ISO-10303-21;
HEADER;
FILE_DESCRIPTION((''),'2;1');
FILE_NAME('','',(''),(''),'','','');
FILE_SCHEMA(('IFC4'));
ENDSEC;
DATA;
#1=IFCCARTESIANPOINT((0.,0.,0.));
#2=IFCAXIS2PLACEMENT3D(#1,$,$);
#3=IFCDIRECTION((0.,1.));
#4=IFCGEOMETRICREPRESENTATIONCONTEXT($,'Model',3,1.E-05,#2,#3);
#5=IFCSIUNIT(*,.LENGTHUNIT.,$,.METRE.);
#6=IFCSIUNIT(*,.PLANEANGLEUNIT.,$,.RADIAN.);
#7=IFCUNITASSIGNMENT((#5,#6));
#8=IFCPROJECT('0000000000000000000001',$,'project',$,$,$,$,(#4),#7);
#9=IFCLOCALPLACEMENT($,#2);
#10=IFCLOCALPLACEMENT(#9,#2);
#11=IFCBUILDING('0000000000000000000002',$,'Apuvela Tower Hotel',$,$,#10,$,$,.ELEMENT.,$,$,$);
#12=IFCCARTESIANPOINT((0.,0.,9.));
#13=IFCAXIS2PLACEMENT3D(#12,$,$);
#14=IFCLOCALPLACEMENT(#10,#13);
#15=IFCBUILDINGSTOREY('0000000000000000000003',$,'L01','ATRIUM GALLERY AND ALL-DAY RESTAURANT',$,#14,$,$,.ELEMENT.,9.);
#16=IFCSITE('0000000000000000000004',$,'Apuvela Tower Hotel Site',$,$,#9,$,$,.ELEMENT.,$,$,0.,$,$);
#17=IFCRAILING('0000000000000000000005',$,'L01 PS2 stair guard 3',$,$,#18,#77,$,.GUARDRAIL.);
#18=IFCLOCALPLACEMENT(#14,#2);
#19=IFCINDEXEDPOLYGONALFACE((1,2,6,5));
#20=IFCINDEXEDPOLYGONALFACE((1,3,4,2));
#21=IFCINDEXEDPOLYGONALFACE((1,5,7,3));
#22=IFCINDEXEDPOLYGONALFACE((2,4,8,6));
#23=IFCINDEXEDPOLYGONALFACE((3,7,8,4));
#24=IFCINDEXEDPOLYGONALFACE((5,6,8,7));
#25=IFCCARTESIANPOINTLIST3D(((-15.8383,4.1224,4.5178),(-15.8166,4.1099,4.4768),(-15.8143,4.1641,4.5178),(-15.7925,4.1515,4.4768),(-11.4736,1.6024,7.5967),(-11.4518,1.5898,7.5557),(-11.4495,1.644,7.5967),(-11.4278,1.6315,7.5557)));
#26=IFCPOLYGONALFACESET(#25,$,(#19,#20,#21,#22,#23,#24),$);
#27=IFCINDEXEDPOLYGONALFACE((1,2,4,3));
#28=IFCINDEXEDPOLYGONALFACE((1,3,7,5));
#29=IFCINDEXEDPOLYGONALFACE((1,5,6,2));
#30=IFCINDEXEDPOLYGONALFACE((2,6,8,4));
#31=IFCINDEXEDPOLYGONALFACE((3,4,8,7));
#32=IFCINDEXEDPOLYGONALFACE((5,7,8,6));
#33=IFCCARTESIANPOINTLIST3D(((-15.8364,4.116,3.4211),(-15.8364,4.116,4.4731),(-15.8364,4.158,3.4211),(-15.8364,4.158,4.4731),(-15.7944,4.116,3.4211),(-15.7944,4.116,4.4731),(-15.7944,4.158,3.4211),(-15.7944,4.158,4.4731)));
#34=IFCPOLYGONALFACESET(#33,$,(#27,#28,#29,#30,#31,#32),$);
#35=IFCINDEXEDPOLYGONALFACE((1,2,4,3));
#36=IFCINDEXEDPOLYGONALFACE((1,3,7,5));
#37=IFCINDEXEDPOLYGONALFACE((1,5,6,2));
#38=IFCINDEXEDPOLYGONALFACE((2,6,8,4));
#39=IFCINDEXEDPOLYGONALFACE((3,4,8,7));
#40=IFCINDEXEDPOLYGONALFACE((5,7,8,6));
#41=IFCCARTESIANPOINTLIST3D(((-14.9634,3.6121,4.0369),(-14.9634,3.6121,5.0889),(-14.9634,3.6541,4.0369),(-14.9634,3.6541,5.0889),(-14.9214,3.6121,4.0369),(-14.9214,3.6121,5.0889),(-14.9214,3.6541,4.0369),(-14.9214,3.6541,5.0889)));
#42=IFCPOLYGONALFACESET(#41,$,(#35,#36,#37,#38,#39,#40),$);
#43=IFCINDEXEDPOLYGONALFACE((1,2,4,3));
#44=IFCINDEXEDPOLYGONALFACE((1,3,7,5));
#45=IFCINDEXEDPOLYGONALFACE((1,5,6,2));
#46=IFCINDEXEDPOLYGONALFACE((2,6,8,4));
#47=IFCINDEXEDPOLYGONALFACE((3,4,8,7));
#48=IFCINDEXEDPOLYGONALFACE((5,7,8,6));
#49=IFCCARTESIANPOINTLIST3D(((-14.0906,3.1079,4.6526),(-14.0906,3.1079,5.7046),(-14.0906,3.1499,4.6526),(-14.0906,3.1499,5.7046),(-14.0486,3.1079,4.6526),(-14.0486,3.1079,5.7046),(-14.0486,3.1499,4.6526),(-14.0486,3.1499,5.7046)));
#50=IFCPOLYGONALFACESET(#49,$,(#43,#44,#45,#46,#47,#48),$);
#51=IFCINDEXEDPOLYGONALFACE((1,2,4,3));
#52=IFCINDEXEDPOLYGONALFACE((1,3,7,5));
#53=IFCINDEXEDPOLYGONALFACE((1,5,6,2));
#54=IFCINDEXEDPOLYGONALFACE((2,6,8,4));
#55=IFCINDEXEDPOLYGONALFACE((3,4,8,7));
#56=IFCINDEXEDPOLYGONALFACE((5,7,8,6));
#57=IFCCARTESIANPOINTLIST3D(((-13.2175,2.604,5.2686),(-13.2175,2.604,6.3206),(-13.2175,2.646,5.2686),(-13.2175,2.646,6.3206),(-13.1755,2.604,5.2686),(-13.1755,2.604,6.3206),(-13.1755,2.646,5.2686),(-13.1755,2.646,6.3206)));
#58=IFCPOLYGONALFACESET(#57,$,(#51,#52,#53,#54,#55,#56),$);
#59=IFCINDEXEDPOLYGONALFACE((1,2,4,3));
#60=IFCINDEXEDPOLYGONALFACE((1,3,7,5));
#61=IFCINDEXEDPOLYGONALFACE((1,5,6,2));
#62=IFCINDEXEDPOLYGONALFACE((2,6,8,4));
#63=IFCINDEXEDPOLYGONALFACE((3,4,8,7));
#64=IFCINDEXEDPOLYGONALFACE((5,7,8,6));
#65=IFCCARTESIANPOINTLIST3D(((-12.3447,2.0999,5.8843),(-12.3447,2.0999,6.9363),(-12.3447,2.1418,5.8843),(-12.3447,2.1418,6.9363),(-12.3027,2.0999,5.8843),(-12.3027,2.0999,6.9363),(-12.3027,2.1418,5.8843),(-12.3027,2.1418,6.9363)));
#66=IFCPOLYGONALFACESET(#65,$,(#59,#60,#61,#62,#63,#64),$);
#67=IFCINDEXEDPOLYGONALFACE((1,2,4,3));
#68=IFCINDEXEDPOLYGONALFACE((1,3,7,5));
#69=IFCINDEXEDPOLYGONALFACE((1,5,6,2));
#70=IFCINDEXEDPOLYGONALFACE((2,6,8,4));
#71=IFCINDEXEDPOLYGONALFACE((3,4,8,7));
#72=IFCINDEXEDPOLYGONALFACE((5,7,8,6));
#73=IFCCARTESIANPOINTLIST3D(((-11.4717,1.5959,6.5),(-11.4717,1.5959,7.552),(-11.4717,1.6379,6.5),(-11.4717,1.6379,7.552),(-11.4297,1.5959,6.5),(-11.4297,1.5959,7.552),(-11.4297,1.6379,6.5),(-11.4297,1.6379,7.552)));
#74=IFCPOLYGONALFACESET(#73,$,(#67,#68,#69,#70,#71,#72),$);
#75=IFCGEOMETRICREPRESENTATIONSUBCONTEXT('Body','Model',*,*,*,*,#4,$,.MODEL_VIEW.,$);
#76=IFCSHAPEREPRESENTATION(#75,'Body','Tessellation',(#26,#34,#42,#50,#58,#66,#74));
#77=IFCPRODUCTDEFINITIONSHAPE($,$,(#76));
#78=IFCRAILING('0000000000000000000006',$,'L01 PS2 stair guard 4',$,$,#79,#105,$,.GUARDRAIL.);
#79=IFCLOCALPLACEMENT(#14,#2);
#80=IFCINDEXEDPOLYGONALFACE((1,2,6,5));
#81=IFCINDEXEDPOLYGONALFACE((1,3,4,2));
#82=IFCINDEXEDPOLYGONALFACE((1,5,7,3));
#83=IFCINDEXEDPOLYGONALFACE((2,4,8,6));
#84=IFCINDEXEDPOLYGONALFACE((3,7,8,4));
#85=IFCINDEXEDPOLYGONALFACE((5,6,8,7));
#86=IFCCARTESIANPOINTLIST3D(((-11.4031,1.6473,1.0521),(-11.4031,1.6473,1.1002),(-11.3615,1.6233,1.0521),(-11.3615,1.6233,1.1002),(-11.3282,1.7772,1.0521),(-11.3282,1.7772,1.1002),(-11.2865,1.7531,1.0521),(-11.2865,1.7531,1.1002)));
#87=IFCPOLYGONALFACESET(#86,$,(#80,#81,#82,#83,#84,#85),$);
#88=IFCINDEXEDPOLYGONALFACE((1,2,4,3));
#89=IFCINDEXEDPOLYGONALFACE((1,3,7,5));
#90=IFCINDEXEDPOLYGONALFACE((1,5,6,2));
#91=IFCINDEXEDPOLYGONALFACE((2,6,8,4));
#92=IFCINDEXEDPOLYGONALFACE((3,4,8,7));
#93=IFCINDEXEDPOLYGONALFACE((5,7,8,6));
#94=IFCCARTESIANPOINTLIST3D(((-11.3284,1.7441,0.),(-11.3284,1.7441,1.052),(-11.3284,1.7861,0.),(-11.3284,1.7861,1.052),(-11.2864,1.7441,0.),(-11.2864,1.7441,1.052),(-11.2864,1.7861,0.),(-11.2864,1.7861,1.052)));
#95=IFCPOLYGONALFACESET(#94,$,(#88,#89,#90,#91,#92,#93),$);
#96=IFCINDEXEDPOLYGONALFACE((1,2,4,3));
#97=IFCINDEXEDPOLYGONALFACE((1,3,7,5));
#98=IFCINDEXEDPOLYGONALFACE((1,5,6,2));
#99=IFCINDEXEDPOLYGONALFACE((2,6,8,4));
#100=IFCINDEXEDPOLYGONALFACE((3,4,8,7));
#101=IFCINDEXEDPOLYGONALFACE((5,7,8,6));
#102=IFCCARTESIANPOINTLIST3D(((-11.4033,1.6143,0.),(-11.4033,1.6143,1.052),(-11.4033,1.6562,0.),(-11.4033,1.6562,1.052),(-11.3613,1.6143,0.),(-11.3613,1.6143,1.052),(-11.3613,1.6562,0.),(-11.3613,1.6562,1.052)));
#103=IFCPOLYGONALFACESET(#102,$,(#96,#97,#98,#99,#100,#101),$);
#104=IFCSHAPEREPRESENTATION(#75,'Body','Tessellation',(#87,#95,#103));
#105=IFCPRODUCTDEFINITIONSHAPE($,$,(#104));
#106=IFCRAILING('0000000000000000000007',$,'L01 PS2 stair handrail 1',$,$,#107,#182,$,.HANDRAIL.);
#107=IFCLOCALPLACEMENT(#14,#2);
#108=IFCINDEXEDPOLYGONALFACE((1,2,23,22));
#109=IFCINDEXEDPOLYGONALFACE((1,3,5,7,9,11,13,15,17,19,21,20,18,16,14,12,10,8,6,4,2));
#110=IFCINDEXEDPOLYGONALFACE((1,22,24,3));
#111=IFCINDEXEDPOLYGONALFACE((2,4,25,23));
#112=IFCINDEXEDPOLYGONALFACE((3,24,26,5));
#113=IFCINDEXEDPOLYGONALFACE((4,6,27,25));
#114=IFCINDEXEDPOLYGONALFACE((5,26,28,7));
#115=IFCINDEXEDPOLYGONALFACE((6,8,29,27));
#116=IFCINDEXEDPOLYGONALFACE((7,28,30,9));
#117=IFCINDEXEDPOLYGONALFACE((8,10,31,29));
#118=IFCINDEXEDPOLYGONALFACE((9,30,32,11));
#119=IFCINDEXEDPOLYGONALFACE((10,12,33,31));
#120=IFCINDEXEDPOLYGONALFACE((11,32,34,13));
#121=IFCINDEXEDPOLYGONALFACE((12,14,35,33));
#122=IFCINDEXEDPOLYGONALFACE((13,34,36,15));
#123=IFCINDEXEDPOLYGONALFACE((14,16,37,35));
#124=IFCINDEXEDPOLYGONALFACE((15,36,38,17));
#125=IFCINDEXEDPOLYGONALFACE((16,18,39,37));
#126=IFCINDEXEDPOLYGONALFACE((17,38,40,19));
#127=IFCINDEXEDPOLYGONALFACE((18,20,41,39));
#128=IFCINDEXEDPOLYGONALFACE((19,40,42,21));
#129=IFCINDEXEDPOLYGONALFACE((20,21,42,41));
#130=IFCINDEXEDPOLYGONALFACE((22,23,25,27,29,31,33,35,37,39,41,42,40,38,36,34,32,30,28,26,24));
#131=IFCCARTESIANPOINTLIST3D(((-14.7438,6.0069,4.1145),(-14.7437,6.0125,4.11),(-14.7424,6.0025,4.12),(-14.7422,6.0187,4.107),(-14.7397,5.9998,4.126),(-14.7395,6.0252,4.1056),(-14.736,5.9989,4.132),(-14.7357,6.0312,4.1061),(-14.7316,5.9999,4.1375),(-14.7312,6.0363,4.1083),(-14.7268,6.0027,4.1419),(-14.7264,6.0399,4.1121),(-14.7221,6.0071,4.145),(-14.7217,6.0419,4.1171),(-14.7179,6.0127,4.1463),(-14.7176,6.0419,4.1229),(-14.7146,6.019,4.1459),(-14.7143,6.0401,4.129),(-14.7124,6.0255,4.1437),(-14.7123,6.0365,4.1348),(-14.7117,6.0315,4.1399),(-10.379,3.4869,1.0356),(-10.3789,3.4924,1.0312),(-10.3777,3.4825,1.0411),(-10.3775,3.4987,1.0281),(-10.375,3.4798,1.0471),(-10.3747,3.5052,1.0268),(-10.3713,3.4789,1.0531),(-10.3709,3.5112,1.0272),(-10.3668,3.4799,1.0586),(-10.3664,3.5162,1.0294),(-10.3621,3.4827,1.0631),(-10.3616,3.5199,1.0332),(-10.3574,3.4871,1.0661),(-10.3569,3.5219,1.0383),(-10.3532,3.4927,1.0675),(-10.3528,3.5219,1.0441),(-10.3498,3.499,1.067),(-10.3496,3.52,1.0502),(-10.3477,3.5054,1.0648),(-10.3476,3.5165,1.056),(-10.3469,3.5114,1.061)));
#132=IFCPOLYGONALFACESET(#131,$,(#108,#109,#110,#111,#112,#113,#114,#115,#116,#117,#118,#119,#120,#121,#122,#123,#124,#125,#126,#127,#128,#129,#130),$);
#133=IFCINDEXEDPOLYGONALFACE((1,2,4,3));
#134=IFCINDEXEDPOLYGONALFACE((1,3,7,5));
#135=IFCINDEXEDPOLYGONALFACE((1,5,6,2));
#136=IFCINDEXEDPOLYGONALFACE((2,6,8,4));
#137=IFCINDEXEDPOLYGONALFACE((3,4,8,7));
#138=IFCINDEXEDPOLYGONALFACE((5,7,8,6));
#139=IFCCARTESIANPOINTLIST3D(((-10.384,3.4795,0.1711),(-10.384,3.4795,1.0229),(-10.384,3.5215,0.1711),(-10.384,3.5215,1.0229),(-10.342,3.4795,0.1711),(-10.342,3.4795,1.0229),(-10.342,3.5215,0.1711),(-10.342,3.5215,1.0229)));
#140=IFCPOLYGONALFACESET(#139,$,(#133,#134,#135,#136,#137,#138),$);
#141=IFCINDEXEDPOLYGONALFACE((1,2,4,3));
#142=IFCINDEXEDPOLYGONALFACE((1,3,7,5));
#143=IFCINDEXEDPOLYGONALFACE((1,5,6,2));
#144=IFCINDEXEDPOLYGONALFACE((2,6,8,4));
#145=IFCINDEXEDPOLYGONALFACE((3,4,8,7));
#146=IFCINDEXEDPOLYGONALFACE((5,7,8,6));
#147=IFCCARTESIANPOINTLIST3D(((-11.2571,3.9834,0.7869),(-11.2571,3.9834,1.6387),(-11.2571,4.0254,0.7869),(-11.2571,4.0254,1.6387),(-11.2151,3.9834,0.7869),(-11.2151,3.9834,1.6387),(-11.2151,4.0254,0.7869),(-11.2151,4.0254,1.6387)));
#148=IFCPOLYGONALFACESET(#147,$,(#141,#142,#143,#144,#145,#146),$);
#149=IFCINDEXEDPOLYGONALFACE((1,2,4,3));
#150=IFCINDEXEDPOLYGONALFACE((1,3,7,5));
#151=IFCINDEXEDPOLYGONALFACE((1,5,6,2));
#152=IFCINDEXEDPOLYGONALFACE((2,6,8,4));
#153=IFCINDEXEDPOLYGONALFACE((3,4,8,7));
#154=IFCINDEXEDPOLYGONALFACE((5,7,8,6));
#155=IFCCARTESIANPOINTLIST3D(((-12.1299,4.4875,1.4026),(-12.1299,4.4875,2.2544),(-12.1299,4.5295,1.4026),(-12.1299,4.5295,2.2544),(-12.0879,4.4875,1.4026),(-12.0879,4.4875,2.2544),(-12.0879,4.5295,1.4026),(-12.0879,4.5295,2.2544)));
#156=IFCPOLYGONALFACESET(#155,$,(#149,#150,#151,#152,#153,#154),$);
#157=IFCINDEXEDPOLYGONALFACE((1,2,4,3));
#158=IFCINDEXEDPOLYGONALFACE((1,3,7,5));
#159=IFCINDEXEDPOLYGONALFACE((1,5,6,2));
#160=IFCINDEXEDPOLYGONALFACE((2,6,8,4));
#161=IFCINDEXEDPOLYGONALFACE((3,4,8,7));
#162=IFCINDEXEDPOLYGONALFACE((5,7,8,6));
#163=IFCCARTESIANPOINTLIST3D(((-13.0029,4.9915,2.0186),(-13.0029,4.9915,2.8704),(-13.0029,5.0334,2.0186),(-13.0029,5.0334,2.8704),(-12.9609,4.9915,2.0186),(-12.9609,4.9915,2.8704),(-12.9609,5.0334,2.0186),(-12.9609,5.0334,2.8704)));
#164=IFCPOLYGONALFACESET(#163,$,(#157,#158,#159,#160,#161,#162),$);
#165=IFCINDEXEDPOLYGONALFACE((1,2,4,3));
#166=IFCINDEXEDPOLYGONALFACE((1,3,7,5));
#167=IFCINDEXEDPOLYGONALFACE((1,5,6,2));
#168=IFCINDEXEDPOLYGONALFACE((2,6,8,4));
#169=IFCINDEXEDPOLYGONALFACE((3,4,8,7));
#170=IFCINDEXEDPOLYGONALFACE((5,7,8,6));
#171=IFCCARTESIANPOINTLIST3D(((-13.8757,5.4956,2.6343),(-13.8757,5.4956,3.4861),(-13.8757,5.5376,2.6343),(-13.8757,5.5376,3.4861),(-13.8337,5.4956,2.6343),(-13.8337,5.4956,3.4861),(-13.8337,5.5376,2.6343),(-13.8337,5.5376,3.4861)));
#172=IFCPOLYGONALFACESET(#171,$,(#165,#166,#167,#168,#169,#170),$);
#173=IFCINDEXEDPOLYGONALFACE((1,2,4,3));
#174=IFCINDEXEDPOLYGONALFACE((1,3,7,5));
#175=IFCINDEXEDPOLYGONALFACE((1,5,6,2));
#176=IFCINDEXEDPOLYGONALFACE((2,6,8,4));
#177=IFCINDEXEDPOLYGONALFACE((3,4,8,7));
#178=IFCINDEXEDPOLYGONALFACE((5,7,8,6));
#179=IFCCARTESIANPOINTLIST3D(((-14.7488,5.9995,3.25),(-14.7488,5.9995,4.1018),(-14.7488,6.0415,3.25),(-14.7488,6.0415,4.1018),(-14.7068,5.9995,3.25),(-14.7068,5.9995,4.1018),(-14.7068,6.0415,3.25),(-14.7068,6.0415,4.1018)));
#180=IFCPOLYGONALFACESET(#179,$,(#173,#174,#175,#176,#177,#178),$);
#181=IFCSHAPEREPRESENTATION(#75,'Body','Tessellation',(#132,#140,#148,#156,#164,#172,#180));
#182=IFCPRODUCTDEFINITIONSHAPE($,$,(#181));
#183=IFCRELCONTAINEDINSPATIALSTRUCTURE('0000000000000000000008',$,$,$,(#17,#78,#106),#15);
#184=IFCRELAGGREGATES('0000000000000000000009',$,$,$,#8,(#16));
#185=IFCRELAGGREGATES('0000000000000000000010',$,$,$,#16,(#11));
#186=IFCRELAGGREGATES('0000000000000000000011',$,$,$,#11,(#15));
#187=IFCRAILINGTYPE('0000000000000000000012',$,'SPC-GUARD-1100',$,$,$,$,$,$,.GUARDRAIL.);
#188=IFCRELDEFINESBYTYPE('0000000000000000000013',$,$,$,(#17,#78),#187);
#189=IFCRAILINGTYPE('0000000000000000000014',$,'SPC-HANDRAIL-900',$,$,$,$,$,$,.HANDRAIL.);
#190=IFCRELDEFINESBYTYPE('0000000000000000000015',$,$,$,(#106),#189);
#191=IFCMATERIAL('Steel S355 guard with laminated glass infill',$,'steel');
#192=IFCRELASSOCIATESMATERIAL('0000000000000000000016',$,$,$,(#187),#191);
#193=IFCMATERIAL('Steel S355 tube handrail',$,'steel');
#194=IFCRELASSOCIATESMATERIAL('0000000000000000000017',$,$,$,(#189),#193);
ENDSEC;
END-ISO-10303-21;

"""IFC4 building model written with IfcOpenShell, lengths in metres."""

from ifc_helpers import new_model, si_unit, direction, frame, origin, origin_2d, place, context, subcontext, project, spatial, rectangle, circle, extrude, material, type_object, element, save


model = new_model("IFC4")

# Units and contexts
model_context = context("Model", 3, precision=1e-05, world=origin(), true_north=direction((0.0, 1.0)))
body_context = subcontext(model_context, "Body", "Model", "MODEL_VIEW")
ifc_project = project(units=[si_unit("LENGTHUNIT", "METRE"), si_unit("PLANEANGLEUNIT", "RADIAN")], contexts=[model_context])

# Site, building, storey
site_placement = place(None, origin())
site = spatial("IfcSite", under=ifc_project, at=site_placement, Name="Apuvela Tower Hotel Site", CompositionType="ELEMENT", RefElevation=0.0)
building_placement = place(site_placement, origin())
building = spatial("IfcBuilding", under=site, at=building_placement, Name="Apuvela Tower Hotel", CompositionType="ELEMENT")
storey_placement = place(building_placement, frame((0.0, 0.0, 9.0)))
storey = spatial("IfcBuildingStorey", under=building, at=storey_placement, Name="L01", Description="ATRIUM GALLERY AND ALL-DAY RESTAURANT", CompositionType="ELEMENT", Elevation=9.0)

# Railings
ifc_material_1 = material(Name="Steel S355 guard with laminated glass infill", Category="steel")
railing_type_1 = type_object("IfcRailingType", Name="SPC-GUARD-1100", PredefinedType="GUARDRAIL", material=ifc_material_1)
railing_1_placement = place(storey_placement, frame((-15.8154, 4.137, 3.4211)))
element("IfcRailing", 1, at=railing_1_placement, inside=storey, type_object=railing_type_1, Name="L01 PS2 stair guard 3", PredefinedType="GUARDRAIL", context=body_context, shape_type="SweptSolid", body=[
    extrude(rectangle(XDim=0.0481, YDim=0.0481, at=origin_2d()), frame((0.0, 0.0, 1.0762), z_axis=(0.739036, -0.426688, 0.52131), x_axis=(0.500005, 0.866023, 0.0)), (0.0, 0.0, 1.0), 5.906),
    extrude(rectangle(XDim=0.042, YDim=0.042, at=origin_2d()), origin(), (0.0, 0.0, 1.0), 1.052),
    extrude(rectangle(XDim=0.042, YDim=0.042, at=origin_2d()), frame((0.873, -0.5039, 0.6157)), (0.0, 0.0, 1.0), 1.052),
    extrude(rectangle(XDim=0.042, YDim=0.042, at=origin_2d()), frame((1.7458, -1.0081, 1.2314)), (0.0, 0.0, 1.0), 1.052),
    extrude(rectangle(XDim=0.042, YDim=0.042, at=origin_2d()), frame((2.6189, -1.512, 1.8474)), (0.0, 0.0, 1.0), 1.052),
    extrude(rectangle(XDim=0.042, YDim=0.042, at=origin_2d()), frame((3.4917, -2.0161, 2.4631)), (0.0, 0.0, 1.0), 1.052),
    extrude(rectangle(XDim=0.042, YDim=0.042, at=origin_2d()), frame((4.3647, -2.52, 3.0789)), (0.0, 0.0, 1.0), 1.052),
])
railing_2_placement = place(storey_placement, frame((-11.3074, 1.7651, 0.0)))
element("IfcRailing", 2, at=railing_2_placement, inside=storey, type_object=railing_type_1, Name="L01 PS2 stair guard 4", PredefinedType="GUARDRAIL", context=body_context, shape_type="SweptSolid", body=[
    extrude(rectangle(XDim=0.0481, YDim=0.0481, at=origin_2d()), frame((0.0, 0.0, 1.0762), z_axis=(-0.499816, -0.866131, 0.0), x_axis=(0.866131, -0.499816, 0.0)), (0.0, 0.0, 1.0), 0.1499),
    extrude(rectangle(XDim=0.042, YDim=0.042, at=origin_2d()), origin(), (0.0, 0.0, 1.0), 1.052),
    extrude(rectangle(XDim=0.042, YDim=0.042, at=origin_2d()), frame((-0.075, -0.1299, 0.0)), (0.0, 0.0, 1.0), 1.052),
])
ifc_material_2 = material(Name="Steel S355 tube handrail", Category="steel")
railing_type_2 = type_object("IfcRailingType", Name="SPC-HANDRAIL-900", PredefinedType="HANDRAIL", material=ifc_material_2)
railing_3_placement = place(storey_placement, frame((-10.363, 3.5005, 0.1711)))
element("IfcRailing", 3, at=railing_3_placement, inside=storey, type_object=railing_type_2, Name="L01 PS2 stair handrail 1", PredefinedType="HANDRAIL", context=body_context, shape_type="SweptSolid", body=[
    extrude(circle(Radius=0.0239, at=origin_2d()), frame((0.0, 0.0, 0.876), z_axis=(-0.739036, 0.426688, 0.52131), x_axis=(-0.500005, -0.866023, 0.0)), (0.0, 0.0, 1.0), 5.906),
    extrude(rectangle(XDim=0.042, YDim=0.042, at=origin_2d()), origin(), (0.0, 0.0, 1.0), 0.8518),
    extrude(rectangle(XDim=0.042, YDim=0.042, at=origin_2d()), frame((-0.873, 0.5039, 0.6157)), (0.0, 0.0, 1.0), 0.8518),
    extrude(rectangle(XDim=0.042, YDim=0.042, at=origin_2d()), frame((-1.7458, 1.0081, 1.2314)), (0.0, 0.0, 1.0), 0.8518),
    extrude(rectangle(XDim=0.042, YDim=0.042, at=origin_2d()), frame((-2.6189, 1.512, 1.8474)), (0.0, 0.0, 1.0), 0.8518),
    extrude(rectangle(XDim=0.042, YDim=0.042, at=origin_2d()), frame((-3.4917, 2.0161, 2.4631)), (0.0, 0.0, 1.0), 0.8518),
    extrude(rectangle(XDim=0.042, YDim=0.042, at=origin_2d()), frame((-4.3647, 2.52, 3.0789)), (0.0, 0.0, 1.0), 0.8518),
])

save(model, "model.ifc")
